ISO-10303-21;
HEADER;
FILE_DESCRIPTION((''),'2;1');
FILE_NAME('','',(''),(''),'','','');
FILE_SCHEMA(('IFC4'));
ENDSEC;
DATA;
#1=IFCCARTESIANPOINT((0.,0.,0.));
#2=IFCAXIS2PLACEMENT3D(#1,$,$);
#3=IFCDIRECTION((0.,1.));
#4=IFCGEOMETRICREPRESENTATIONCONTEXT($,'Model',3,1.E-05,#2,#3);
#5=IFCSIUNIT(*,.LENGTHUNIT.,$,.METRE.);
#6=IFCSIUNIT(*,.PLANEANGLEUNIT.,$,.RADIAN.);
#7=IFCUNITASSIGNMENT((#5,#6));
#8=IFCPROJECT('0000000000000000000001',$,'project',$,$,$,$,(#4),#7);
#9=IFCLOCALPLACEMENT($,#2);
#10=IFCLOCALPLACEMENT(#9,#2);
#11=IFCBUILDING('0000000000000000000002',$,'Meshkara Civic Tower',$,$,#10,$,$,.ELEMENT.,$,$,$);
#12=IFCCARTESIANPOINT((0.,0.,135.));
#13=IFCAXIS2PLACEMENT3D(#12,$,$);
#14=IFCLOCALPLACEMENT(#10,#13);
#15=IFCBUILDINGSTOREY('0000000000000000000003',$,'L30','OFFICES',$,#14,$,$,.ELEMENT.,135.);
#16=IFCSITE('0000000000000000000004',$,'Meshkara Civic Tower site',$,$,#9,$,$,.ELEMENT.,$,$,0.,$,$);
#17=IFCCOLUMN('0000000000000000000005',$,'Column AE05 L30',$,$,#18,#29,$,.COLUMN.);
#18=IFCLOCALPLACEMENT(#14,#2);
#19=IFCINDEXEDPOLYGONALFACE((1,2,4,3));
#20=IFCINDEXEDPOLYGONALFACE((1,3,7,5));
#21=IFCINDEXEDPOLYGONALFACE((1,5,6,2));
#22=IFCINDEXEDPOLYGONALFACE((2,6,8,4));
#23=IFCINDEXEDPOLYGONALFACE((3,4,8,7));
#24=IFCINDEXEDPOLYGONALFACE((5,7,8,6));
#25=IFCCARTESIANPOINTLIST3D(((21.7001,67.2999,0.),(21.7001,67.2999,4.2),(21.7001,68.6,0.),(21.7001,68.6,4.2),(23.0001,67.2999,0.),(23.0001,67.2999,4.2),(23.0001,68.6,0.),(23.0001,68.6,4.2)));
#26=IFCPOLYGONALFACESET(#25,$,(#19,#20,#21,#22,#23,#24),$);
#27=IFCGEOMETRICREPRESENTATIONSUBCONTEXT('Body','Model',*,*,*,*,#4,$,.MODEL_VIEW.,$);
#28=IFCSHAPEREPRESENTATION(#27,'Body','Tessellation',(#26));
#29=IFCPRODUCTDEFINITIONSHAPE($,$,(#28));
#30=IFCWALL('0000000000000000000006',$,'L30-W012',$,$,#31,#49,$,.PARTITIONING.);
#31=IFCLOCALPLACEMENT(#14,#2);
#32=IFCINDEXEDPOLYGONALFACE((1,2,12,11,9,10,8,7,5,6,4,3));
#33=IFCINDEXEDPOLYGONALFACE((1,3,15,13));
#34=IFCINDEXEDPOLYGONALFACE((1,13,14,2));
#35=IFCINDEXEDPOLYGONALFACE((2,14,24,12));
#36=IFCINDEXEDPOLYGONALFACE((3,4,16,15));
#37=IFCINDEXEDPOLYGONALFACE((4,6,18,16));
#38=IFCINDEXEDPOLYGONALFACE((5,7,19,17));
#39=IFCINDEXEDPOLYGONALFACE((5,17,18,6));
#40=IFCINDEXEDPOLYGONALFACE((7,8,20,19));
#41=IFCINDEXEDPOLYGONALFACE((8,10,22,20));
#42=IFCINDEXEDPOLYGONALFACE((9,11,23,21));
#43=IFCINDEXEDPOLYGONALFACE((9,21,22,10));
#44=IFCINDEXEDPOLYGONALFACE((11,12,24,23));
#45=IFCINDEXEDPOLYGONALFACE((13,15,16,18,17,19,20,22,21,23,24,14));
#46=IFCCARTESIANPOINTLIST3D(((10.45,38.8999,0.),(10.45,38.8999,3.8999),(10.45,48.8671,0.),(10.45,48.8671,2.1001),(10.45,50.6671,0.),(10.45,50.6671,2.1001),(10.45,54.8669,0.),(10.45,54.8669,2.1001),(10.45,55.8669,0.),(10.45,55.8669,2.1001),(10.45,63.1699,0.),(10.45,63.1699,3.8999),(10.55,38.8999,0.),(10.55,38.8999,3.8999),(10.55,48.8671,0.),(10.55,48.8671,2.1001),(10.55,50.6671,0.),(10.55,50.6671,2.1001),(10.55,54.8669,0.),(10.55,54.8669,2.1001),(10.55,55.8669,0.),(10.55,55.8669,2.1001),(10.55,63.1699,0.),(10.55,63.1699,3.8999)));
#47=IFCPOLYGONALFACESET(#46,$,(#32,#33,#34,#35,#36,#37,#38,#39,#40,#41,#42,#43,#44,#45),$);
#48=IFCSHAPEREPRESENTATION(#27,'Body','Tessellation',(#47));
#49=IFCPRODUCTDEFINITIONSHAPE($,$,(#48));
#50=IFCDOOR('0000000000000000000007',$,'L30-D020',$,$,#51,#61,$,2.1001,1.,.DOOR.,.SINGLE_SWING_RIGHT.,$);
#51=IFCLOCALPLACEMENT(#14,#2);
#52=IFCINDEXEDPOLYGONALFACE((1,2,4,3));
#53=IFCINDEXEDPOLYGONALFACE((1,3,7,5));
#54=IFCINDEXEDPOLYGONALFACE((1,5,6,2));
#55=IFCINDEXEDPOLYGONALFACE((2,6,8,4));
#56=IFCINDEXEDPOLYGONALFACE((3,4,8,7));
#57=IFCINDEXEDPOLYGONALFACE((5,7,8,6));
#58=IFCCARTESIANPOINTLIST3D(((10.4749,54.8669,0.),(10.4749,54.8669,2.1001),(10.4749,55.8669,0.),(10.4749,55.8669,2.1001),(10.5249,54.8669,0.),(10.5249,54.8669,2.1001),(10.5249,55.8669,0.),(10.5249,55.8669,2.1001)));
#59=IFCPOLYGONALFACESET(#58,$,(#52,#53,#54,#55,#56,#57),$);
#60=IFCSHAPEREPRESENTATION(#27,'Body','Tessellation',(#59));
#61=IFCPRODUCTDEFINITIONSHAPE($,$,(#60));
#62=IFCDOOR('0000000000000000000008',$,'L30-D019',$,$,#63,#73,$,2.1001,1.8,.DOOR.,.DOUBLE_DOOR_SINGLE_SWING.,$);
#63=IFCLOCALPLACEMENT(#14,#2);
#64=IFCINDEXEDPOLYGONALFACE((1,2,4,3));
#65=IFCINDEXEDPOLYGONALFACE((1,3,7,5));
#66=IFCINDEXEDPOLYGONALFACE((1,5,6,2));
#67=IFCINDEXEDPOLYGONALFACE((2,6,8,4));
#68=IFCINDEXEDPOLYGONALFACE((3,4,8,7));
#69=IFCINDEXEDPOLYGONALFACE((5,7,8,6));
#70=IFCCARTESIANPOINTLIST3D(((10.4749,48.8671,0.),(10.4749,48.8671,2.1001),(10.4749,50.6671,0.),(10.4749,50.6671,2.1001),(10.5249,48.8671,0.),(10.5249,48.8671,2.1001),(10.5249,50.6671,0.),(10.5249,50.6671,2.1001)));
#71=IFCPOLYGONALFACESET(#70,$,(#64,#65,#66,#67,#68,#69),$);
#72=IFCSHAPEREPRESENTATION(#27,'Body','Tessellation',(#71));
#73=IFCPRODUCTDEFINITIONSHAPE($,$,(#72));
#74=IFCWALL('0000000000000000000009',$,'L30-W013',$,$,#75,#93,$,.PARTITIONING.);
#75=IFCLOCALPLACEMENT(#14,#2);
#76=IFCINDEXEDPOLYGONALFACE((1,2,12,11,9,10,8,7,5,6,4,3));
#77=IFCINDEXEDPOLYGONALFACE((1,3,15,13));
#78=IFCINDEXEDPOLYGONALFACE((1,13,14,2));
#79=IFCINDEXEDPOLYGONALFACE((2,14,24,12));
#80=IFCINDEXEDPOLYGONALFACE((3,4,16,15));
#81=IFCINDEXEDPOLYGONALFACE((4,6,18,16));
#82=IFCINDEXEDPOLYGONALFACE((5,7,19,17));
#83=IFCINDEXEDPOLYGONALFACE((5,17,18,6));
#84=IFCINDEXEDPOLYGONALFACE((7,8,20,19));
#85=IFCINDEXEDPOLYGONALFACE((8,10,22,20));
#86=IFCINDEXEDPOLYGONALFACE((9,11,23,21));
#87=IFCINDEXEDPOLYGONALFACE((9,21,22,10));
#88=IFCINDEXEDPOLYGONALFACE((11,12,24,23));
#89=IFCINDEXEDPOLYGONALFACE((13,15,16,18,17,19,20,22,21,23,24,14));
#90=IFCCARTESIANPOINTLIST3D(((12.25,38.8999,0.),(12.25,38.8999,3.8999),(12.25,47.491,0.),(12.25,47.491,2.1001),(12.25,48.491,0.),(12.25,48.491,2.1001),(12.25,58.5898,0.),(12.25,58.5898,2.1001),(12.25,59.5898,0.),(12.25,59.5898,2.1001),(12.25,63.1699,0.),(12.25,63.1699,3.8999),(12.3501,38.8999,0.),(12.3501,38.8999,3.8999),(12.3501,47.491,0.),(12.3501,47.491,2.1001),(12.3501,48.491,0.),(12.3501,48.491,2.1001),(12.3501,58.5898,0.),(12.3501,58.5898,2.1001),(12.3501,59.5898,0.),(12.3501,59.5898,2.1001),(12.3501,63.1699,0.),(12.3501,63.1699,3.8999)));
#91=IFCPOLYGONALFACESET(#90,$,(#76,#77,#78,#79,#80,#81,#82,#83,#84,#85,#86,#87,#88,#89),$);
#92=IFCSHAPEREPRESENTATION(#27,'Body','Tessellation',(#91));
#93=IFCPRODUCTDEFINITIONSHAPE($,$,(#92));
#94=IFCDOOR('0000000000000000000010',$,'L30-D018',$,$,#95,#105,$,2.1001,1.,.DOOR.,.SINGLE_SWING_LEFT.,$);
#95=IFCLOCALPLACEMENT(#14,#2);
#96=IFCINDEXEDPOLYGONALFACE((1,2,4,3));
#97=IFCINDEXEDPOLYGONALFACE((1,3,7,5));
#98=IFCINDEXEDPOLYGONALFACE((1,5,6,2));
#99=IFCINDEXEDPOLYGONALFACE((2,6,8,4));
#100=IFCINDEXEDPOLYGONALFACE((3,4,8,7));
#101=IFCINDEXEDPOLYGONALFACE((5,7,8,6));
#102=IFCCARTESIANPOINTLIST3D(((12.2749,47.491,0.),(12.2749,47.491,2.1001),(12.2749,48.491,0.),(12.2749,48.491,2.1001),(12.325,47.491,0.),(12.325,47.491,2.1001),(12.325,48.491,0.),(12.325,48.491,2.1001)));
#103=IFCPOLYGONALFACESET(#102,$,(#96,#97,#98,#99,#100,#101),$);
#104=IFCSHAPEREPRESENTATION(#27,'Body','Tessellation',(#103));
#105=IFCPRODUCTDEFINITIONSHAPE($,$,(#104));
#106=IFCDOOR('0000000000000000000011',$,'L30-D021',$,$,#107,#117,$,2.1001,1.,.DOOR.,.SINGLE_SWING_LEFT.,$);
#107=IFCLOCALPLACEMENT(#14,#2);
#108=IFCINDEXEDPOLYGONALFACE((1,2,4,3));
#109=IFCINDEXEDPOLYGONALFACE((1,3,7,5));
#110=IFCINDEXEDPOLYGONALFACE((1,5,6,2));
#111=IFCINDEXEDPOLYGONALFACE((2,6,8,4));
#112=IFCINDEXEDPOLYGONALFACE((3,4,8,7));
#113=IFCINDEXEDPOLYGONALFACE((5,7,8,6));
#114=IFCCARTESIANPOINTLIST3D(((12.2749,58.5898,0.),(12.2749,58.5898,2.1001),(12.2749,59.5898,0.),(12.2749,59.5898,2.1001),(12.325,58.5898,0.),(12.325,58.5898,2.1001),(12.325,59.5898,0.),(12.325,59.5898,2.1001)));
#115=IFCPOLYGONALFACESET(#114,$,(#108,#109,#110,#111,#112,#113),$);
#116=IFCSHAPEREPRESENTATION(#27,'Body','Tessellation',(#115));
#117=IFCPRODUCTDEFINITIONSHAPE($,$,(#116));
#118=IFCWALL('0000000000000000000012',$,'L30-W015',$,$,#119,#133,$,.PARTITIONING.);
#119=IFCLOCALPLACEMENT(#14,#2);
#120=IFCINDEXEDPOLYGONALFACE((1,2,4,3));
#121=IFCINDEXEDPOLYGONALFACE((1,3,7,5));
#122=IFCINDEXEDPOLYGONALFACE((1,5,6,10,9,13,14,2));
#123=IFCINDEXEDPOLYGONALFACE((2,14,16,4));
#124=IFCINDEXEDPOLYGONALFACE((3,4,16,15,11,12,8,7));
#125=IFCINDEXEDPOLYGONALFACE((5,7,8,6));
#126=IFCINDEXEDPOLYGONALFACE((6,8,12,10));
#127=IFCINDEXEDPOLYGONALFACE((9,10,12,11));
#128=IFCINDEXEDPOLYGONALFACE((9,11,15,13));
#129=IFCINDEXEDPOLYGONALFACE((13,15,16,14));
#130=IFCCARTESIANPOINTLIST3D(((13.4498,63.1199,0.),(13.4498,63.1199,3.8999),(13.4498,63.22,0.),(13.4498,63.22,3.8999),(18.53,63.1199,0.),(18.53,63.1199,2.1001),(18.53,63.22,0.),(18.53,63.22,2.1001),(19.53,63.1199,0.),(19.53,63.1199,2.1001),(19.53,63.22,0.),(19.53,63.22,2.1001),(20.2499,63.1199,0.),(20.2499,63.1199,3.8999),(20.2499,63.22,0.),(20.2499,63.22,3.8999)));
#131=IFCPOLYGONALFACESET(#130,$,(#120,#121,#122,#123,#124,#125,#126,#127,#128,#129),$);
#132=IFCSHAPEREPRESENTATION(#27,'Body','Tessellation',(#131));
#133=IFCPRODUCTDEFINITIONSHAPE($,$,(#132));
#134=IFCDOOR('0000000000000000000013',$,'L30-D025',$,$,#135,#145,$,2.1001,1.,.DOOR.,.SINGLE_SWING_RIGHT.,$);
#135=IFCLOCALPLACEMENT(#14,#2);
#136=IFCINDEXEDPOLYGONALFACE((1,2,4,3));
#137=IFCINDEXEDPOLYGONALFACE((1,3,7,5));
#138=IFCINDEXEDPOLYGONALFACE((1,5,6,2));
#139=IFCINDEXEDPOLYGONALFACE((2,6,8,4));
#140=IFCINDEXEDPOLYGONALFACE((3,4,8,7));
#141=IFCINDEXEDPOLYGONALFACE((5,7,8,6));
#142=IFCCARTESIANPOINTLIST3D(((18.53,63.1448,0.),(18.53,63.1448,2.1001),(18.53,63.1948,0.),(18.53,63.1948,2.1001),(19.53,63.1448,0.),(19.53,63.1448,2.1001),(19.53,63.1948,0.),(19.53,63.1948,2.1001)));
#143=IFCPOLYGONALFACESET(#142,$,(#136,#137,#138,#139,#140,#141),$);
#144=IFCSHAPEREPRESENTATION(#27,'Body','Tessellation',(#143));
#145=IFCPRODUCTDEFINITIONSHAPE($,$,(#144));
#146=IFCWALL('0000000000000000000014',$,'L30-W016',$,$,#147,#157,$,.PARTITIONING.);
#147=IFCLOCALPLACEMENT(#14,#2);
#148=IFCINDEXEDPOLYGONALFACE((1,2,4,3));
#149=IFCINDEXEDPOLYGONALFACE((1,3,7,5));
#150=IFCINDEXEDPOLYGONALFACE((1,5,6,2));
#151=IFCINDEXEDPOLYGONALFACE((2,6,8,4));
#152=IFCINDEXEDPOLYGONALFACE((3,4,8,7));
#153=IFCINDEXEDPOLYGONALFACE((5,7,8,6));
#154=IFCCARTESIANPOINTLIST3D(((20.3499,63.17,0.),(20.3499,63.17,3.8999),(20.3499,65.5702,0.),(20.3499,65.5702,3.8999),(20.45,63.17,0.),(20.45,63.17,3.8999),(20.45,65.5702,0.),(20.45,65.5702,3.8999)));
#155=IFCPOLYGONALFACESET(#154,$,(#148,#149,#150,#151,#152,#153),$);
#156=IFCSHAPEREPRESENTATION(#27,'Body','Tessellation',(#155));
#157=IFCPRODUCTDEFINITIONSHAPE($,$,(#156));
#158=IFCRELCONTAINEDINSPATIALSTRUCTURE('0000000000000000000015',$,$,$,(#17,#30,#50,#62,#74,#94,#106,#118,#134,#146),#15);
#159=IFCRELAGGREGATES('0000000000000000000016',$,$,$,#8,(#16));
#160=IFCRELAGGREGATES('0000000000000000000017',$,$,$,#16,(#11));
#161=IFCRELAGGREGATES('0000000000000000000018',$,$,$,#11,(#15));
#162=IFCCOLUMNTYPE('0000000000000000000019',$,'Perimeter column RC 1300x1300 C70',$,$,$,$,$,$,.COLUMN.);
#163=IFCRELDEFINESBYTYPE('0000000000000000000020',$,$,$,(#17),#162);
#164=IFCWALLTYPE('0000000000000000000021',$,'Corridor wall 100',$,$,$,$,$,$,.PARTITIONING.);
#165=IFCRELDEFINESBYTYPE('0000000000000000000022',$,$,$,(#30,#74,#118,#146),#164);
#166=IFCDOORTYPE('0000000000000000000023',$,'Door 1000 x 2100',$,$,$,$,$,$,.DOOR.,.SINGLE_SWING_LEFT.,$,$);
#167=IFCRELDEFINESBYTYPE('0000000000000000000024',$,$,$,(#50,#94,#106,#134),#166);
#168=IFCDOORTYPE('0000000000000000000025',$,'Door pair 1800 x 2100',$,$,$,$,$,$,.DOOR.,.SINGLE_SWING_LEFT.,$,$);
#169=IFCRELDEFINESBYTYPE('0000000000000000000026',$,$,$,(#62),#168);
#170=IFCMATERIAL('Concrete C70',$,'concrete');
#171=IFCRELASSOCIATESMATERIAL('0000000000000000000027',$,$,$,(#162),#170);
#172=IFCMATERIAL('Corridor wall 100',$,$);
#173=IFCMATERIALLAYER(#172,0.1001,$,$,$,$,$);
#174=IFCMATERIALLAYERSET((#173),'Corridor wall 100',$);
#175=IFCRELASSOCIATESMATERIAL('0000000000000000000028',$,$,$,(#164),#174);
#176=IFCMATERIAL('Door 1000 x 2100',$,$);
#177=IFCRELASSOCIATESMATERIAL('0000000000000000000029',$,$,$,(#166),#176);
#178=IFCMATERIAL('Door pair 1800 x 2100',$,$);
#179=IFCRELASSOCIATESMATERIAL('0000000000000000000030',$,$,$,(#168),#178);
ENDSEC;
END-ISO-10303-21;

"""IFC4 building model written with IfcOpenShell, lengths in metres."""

from ifc_helpers import new_model, si_unit, direction, frame, frame_2d, origin, origin_2d, place, context, subcontext, project, spatial, rectangle, extrude, material, layer, layer_set, material_profile, profile_set, type_object, element, fill, save


model = new_model("IFC4")

# Units and contexts
model_context = context("Model", 3, precision=1e-05, world=origin(), true_north=direction((0.0, 1.0)))
body_context = subcontext(model_context, "Body", "Model", "MODEL_VIEW")
ifc_project = project(units=[si_unit("LENGTHUNIT", "METRE"), si_unit("PLANEANGLEUNIT", "RADIAN")], contexts=[model_context])

# Site, building, storey
site_placement = place(None, origin())
site = spatial("IfcSite", under=ifc_project, at=site_placement, Name="Meshkara Civic Tower site", CompositionType="ELEMENT", RefElevation=0.0)
building_placement = place(site_placement, origin())
building = spatial("IfcBuilding", under=site, at=building_placement, Name="Meshkara Civic Tower", CompositionType="ELEMENT")
storey_placement = place(building_placement, frame((0.0, 0.0, 135.0)))
storey = spatial("IfcBuildingStorey", under=building, at=storey_placement, Name="L30", Description="OFFICES", CompositionType="ELEMENT", Elevation=135.0)

# Column
ifc_material_1 = material(Name="Concrete C70", Category="concrete")
ifc_material_profile = material_profile(ifc_material_1, rectangle(XDim=1.3, YDim=1.3, at=origin_2d()))
ifc_profile_set = profile_set([ifc_material_profile], Name="Concrete C70")
column_type = type_object("IfcColumnType", Name="Perimeter column RC 1300x1300 C70", PredefinedType="COLUMN", material=ifc_profile_set)
column_placement = place(storey_placement, frame((22.3501, 67.95, 0.0), z_axis=(0.0, 0.0, 1.0), x_axis=(1.0, 0.0, 0.0)))
element("IfcColumn", 1, at=column_placement, inside=storey, type_object=column_type, Name="Column AE05 L30", PredefinedType="COLUMN", context=body_context, shape_type="SweptSolid", body=[
    extrude(rectangle(XDim=1.3, YDim=1.3, at=origin_2d()), origin(), (0.0, 0.0, 1.0), 4.2),
])

# Walls, openings, doors
ifc_material_2 = material(Name="Corridor wall 100")
ifc_layer_1 = layer(ifc_material_2, 0.1001)
ifc_layer_set_1 = layer_set([ifc_layer_1], Name="Corridor wall 100")
wall_type_1 = type_object("IfcWallType", Name="Corridor wall 100", PredefinedType="PARTITIONING", material=ifc_layer_set_1)
wall_1_placement = place(storey_placement, frame((10.5, 63.1699, 0.0), z_axis=(0.0, 0.0, 1.0), x_axis=(0.0, -1.0, 0.0)))
wall_1 = element("IfcWall", 2, at=wall_1_placement, inside=storey, type_object=wall_type_1, Name="L30-W012", PredefinedType="PARTITIONING", context=body_context, shape_type="SweptSolid", body=[
    extrude(rectangle(XDim=24.27, YDim=0.1001, at=frame_2d((12.135, 0.0))), origin(), (0.0, 0.0, 1.0), 3.8999),
])
opening_1_placement = place(wall_1_placement, frame((12.5029, 0.0, 0.0)))
opening_1 = element("IfcOpeningElement", 3, at=opening_1_placement, cuts=wall_1, PredefinedType="OPENING", context=body_context, shape_type="SweptSolid", body=[
    extrude(rectangle(XDim=1.8, YDim=2.1001, at=frame_2d((0.8999, 1.05))), frame((0.0, 0.0601, 0.0), z_axis=(0.0, -1.0, 0.0), x_axis=(1.0, 0.0, 0.0)), (0.0, 0.0, 1.0), 0.1201),
])
opening_2_placement = place(wall_1_placement, frame((7.303, 0.0, 0.0)))
opening_2 = element("IfcOpeningElement", 4, at=opening_2_placement, cuts=wall_1, PredefinedType="OPENING", context=body_context, shape_type="SweptSolid", body=[
    extrude(rectangle(XDim=1.0, YDim=2.1001, at=frame_2d((0.5, 1.05))), frame((0.0, 0.0601, 0.0), z_axis=(0.0, -1.0, 0.0), x_axis=(1.0, 0.0, 0.0)), (0.0, 0.0, 1.0), 0.1201),
])
ifc_material_3 = material(Name="Door 1000 x 2100")
door_type_1 = type_object("IfcDoorType", Name="Door 1000 x 2100", OperationType="SINGLE_SWING_LEFT", PredefinedType="DOOR", material=ifc_material_3)
door_1_placement = place(opening_2_placement, origin())
door_1 = element("IfcDoor", 5, at=door_1_placement, inside=storey, type_object=door_type_1, Name="L30-D020", OperationType="SINGLE_SWING_RIGHT", OverallHeight=2.1001, OverallWidth=1.0, PredefinedType="DOOR", context=body_context, shape_type="SweptSolid", body=[
    extrude(rectangle(XDim=1.0, YDim=2.1001, at=frame_2d((0.5, 1.05))), frame((0.0, 0.0249, 0.0), z_axis=(0.0, -1.0, 0.0), x_axis=(1.0, 0.0, 0.0)), (0.0, 0.0, 1.0), 0.05),
])
fill(opening_2, door_1)
ifc_material_4 = material(Name="Door pair 1800 x 2100")
door_type_2 = type_object("IfcDoorType", Name="Door pair 1800 x 2100", OperationType="SINGLE_SWING_LEFT", PredefinedType="DOOR", material=ifc_material_4)
door_2_placement = place(opening_1_placement, origin())
door_2 = element("IfcDoor", 6, at=door_2_placement, inside=storey, type_object=door_type_2, Name="L30-D019", OperationType="DOUBLE_DOOR_SINGLE_SWING", OverallHeight=2.1001, OverallWidth=1.8, PredefinedType="DOOR", context=body_context, shape_type="SweptSolid", body=[
    extrude(rectangle(XDim=1.8, YDim=2.1001, at=frame_2d((0.8999, 1.05))), frame((0.0, 0.0249, 0.0), z_axis=(0.0, -1.0, 0.0), x_axis=(1.0, 0.0, 0.0)), (0.0, 0.0, 1.0), 0.05),
])
fill(opening_1, door_2)
wall_2_placement = place(storey_placement, frame((12.3, 63.1699, 0.0), z_axis=(0.0, 0.0, 1.0), x_axis=(0.0, -1.0, 0.0)))
wall_2 = element("IfcWall", 7, at=wall_2_placement, inside=storey, type_object=wall_type_1, Name="L30-W013", PredefinedType="PARTITIONING", context=body_context, shape_type="SweptSolid", body=[
    extrude(rectangle(XDim=24.27, YDim=0.1001, at=frame_2d((12.135, 0.0))), origin(), (0.0, 0.0, 1.0), 3.8999),
])
opening_3_placement = place(wall_2_placement, frame((14.679, 0.0, 0.0)))
opening_3 = element("IfcOpeningElement", 8, at=opening_3_placement, cuts=wall_2, PredefinedType="OPENING", context=body_context, shape_type="SweptSolid", body=[
    extrude(rectangle(XDim=1.0, YDim=2.1001, at=frame_2d((0.5, 1.05))), frame((0.0, 0.0601, 0.0), z_axis=(0.0, -1.0, 0.0), x_axis=(1.0, 0.0, 0.0)), (0.0, 0.0, 1.0), 0.1201),
])
opening_4_placement = place(wall_2_placement, frame((3.5801, 0.0, 0.0)))
opening_4 = element("IfcOpeningElement", 9, at=opening_4_placement, cuts=wall_2, PredefinedType="OPENING", context=body_context, shape_type="SweptSolid", body=[
    extrude(rectangle(XDim=1.0, YDim=2.1001, at=frame_2d((0.5, 1.05))), frame((0.0, 0.0601, 0.0), z_axis=(0.0, -1.0, 0.0), x_axis=(1.0, 0.0, 0.0)), (0.0, 0.0, 1.0), 0.1201),
])
door_3_placement = place(opening_3_placement, origin())
door_3 = element("IfcDoor", 10, at=door_3_placement, inside=storey, type_object=door_type_1, Name="L30-D018", OperationType="SINGLE_SWING_LEFT", OverallHeight=2.1001, OverallWidth=1.0, PredefinedType="DOOR", context=body_context, shape_type="SweptSolid", body=[
    extrude(rectangle(XDim=1.0, YDim=2.1001, at=frame_2d((0.5, 1.05))), frame((0.0, 0.0249, 0.0), z_axis=(0.0, -1.0, 0.0), x_axis=(1.0, 0.0, 0.0)), (0.0, 0.0, 1.0), 0.05),
])
fill(opening_3, door_3)
door_4_placement = place(opening_4_placement, origin())
door_4 = element("IfcDoor", 11, at=door_4_placement, inside=storey, type_object=door_type_1, Name="L30-D021", OperationType="SINGLE_SWING_LEFT", OverallHeight=2.1001, OverallWidth=1.0, PredefinedType="DOOR", context=body_context, shape_type="SweptSolid", body=[
    extrude(rectangle(XDim=1.0, YDim=2.1001, at=frame_2d((0.5, 1.05))), frame((0.0, 0.0249, 0.0), z_axis=(0.0, -1.0, 0.0), x_axis=(1.0, 0.0, 0.0)), (0.0, 0.0, 1.0), 0.05),
])
fill(opening_4, door_4)

# Wall, opening, door
wall_3_placement = place(storey_placement, frame((13.45, 63.1699, 0.0), z_axis=(0.0, 0.0, 1.0), x_axis=(1.0, 0.0, 0.0)))
wall_3 = element("IfcWall", 12, at=wall_3_placement, inside=storey, type_object=wall_type_1, Name="L30-W015", PredefinedType="PARTITIONING", context=body_context, shape_type="SweptSolid", body=[
    extrude(rectangle(XDim=6.8, YDim=0.1001, at=frame_2d((3.3999, 0.0))), origin(), (0.0, 0.0, 1.0), 3.8999),
])
opening_5_placement = place(wall_3_placement, frame((5.0801, 0.0, 0.0)))
opening_5 = element("IfcOpeningElement", 13, at=opening_5_placement, cuts=wall_3, PredefinedType="OPENING", context=body_context, shape_type="SweptSolid", body=[
    extrude(rectangle(XDim=1.0, YDim=2.1001, at=frame_2d((0.5, 1.05))), frame((0.0, 0.0601, 0.0), z_axis=(0.0, -1.0, 0.0), x_axis=(1.0, 0.0, 0.0)), (0.0, 0.0, 1.0), 0.1201),
])
door_5_placement = place(opening_5_placement, origin())
door_5 = element("IfcDoor", 14, at=door_5_placement, inside=storey, type_object=door_type_1, Name="L30-D025", OperationType="SINGLE_SWING_RIGHT", OverallHeight=2.1001, OverallWidth=1.0, PredefinedType="DOOR", context=body_context, shape_type="SweptSolid", body=[
    extrude(rectangle(XDim=1.0, YDim=2.1001, at=frame_2d((0.5, 1.05))), frame((0.0, 0.0249, 0.0), z_axis=(0.0, -1.0, 0.0), x_axis=(1.0, 0.0, 0.0)), (0.0, 0.0, 1.0), 0.05),
])
fill(opening_5, door_5)

# Wall
wall_4_placement = place(storey_placement, frame((20.3999, 63.1699, 0.0), z_axis=(0.0, 0.0, 1.0), x_axis=(0.0, 1.0, 0.0)))
element("IfcWall", 15, at=wall_4_placement, inside=storey, type_object=wall_type_1, Name="L30-W016", PredefinedType="PARTITIONING", context=body_context, shape_type="SweptSolid", body=[
    extrude(rectangle(XDim=2.4001, YDim=0.1001, at=frame_2d((1.2002, 0.0))), origin(), (0.0, 0.0, 1.0), 3.8999),
])

save(model, "model.ifc")
